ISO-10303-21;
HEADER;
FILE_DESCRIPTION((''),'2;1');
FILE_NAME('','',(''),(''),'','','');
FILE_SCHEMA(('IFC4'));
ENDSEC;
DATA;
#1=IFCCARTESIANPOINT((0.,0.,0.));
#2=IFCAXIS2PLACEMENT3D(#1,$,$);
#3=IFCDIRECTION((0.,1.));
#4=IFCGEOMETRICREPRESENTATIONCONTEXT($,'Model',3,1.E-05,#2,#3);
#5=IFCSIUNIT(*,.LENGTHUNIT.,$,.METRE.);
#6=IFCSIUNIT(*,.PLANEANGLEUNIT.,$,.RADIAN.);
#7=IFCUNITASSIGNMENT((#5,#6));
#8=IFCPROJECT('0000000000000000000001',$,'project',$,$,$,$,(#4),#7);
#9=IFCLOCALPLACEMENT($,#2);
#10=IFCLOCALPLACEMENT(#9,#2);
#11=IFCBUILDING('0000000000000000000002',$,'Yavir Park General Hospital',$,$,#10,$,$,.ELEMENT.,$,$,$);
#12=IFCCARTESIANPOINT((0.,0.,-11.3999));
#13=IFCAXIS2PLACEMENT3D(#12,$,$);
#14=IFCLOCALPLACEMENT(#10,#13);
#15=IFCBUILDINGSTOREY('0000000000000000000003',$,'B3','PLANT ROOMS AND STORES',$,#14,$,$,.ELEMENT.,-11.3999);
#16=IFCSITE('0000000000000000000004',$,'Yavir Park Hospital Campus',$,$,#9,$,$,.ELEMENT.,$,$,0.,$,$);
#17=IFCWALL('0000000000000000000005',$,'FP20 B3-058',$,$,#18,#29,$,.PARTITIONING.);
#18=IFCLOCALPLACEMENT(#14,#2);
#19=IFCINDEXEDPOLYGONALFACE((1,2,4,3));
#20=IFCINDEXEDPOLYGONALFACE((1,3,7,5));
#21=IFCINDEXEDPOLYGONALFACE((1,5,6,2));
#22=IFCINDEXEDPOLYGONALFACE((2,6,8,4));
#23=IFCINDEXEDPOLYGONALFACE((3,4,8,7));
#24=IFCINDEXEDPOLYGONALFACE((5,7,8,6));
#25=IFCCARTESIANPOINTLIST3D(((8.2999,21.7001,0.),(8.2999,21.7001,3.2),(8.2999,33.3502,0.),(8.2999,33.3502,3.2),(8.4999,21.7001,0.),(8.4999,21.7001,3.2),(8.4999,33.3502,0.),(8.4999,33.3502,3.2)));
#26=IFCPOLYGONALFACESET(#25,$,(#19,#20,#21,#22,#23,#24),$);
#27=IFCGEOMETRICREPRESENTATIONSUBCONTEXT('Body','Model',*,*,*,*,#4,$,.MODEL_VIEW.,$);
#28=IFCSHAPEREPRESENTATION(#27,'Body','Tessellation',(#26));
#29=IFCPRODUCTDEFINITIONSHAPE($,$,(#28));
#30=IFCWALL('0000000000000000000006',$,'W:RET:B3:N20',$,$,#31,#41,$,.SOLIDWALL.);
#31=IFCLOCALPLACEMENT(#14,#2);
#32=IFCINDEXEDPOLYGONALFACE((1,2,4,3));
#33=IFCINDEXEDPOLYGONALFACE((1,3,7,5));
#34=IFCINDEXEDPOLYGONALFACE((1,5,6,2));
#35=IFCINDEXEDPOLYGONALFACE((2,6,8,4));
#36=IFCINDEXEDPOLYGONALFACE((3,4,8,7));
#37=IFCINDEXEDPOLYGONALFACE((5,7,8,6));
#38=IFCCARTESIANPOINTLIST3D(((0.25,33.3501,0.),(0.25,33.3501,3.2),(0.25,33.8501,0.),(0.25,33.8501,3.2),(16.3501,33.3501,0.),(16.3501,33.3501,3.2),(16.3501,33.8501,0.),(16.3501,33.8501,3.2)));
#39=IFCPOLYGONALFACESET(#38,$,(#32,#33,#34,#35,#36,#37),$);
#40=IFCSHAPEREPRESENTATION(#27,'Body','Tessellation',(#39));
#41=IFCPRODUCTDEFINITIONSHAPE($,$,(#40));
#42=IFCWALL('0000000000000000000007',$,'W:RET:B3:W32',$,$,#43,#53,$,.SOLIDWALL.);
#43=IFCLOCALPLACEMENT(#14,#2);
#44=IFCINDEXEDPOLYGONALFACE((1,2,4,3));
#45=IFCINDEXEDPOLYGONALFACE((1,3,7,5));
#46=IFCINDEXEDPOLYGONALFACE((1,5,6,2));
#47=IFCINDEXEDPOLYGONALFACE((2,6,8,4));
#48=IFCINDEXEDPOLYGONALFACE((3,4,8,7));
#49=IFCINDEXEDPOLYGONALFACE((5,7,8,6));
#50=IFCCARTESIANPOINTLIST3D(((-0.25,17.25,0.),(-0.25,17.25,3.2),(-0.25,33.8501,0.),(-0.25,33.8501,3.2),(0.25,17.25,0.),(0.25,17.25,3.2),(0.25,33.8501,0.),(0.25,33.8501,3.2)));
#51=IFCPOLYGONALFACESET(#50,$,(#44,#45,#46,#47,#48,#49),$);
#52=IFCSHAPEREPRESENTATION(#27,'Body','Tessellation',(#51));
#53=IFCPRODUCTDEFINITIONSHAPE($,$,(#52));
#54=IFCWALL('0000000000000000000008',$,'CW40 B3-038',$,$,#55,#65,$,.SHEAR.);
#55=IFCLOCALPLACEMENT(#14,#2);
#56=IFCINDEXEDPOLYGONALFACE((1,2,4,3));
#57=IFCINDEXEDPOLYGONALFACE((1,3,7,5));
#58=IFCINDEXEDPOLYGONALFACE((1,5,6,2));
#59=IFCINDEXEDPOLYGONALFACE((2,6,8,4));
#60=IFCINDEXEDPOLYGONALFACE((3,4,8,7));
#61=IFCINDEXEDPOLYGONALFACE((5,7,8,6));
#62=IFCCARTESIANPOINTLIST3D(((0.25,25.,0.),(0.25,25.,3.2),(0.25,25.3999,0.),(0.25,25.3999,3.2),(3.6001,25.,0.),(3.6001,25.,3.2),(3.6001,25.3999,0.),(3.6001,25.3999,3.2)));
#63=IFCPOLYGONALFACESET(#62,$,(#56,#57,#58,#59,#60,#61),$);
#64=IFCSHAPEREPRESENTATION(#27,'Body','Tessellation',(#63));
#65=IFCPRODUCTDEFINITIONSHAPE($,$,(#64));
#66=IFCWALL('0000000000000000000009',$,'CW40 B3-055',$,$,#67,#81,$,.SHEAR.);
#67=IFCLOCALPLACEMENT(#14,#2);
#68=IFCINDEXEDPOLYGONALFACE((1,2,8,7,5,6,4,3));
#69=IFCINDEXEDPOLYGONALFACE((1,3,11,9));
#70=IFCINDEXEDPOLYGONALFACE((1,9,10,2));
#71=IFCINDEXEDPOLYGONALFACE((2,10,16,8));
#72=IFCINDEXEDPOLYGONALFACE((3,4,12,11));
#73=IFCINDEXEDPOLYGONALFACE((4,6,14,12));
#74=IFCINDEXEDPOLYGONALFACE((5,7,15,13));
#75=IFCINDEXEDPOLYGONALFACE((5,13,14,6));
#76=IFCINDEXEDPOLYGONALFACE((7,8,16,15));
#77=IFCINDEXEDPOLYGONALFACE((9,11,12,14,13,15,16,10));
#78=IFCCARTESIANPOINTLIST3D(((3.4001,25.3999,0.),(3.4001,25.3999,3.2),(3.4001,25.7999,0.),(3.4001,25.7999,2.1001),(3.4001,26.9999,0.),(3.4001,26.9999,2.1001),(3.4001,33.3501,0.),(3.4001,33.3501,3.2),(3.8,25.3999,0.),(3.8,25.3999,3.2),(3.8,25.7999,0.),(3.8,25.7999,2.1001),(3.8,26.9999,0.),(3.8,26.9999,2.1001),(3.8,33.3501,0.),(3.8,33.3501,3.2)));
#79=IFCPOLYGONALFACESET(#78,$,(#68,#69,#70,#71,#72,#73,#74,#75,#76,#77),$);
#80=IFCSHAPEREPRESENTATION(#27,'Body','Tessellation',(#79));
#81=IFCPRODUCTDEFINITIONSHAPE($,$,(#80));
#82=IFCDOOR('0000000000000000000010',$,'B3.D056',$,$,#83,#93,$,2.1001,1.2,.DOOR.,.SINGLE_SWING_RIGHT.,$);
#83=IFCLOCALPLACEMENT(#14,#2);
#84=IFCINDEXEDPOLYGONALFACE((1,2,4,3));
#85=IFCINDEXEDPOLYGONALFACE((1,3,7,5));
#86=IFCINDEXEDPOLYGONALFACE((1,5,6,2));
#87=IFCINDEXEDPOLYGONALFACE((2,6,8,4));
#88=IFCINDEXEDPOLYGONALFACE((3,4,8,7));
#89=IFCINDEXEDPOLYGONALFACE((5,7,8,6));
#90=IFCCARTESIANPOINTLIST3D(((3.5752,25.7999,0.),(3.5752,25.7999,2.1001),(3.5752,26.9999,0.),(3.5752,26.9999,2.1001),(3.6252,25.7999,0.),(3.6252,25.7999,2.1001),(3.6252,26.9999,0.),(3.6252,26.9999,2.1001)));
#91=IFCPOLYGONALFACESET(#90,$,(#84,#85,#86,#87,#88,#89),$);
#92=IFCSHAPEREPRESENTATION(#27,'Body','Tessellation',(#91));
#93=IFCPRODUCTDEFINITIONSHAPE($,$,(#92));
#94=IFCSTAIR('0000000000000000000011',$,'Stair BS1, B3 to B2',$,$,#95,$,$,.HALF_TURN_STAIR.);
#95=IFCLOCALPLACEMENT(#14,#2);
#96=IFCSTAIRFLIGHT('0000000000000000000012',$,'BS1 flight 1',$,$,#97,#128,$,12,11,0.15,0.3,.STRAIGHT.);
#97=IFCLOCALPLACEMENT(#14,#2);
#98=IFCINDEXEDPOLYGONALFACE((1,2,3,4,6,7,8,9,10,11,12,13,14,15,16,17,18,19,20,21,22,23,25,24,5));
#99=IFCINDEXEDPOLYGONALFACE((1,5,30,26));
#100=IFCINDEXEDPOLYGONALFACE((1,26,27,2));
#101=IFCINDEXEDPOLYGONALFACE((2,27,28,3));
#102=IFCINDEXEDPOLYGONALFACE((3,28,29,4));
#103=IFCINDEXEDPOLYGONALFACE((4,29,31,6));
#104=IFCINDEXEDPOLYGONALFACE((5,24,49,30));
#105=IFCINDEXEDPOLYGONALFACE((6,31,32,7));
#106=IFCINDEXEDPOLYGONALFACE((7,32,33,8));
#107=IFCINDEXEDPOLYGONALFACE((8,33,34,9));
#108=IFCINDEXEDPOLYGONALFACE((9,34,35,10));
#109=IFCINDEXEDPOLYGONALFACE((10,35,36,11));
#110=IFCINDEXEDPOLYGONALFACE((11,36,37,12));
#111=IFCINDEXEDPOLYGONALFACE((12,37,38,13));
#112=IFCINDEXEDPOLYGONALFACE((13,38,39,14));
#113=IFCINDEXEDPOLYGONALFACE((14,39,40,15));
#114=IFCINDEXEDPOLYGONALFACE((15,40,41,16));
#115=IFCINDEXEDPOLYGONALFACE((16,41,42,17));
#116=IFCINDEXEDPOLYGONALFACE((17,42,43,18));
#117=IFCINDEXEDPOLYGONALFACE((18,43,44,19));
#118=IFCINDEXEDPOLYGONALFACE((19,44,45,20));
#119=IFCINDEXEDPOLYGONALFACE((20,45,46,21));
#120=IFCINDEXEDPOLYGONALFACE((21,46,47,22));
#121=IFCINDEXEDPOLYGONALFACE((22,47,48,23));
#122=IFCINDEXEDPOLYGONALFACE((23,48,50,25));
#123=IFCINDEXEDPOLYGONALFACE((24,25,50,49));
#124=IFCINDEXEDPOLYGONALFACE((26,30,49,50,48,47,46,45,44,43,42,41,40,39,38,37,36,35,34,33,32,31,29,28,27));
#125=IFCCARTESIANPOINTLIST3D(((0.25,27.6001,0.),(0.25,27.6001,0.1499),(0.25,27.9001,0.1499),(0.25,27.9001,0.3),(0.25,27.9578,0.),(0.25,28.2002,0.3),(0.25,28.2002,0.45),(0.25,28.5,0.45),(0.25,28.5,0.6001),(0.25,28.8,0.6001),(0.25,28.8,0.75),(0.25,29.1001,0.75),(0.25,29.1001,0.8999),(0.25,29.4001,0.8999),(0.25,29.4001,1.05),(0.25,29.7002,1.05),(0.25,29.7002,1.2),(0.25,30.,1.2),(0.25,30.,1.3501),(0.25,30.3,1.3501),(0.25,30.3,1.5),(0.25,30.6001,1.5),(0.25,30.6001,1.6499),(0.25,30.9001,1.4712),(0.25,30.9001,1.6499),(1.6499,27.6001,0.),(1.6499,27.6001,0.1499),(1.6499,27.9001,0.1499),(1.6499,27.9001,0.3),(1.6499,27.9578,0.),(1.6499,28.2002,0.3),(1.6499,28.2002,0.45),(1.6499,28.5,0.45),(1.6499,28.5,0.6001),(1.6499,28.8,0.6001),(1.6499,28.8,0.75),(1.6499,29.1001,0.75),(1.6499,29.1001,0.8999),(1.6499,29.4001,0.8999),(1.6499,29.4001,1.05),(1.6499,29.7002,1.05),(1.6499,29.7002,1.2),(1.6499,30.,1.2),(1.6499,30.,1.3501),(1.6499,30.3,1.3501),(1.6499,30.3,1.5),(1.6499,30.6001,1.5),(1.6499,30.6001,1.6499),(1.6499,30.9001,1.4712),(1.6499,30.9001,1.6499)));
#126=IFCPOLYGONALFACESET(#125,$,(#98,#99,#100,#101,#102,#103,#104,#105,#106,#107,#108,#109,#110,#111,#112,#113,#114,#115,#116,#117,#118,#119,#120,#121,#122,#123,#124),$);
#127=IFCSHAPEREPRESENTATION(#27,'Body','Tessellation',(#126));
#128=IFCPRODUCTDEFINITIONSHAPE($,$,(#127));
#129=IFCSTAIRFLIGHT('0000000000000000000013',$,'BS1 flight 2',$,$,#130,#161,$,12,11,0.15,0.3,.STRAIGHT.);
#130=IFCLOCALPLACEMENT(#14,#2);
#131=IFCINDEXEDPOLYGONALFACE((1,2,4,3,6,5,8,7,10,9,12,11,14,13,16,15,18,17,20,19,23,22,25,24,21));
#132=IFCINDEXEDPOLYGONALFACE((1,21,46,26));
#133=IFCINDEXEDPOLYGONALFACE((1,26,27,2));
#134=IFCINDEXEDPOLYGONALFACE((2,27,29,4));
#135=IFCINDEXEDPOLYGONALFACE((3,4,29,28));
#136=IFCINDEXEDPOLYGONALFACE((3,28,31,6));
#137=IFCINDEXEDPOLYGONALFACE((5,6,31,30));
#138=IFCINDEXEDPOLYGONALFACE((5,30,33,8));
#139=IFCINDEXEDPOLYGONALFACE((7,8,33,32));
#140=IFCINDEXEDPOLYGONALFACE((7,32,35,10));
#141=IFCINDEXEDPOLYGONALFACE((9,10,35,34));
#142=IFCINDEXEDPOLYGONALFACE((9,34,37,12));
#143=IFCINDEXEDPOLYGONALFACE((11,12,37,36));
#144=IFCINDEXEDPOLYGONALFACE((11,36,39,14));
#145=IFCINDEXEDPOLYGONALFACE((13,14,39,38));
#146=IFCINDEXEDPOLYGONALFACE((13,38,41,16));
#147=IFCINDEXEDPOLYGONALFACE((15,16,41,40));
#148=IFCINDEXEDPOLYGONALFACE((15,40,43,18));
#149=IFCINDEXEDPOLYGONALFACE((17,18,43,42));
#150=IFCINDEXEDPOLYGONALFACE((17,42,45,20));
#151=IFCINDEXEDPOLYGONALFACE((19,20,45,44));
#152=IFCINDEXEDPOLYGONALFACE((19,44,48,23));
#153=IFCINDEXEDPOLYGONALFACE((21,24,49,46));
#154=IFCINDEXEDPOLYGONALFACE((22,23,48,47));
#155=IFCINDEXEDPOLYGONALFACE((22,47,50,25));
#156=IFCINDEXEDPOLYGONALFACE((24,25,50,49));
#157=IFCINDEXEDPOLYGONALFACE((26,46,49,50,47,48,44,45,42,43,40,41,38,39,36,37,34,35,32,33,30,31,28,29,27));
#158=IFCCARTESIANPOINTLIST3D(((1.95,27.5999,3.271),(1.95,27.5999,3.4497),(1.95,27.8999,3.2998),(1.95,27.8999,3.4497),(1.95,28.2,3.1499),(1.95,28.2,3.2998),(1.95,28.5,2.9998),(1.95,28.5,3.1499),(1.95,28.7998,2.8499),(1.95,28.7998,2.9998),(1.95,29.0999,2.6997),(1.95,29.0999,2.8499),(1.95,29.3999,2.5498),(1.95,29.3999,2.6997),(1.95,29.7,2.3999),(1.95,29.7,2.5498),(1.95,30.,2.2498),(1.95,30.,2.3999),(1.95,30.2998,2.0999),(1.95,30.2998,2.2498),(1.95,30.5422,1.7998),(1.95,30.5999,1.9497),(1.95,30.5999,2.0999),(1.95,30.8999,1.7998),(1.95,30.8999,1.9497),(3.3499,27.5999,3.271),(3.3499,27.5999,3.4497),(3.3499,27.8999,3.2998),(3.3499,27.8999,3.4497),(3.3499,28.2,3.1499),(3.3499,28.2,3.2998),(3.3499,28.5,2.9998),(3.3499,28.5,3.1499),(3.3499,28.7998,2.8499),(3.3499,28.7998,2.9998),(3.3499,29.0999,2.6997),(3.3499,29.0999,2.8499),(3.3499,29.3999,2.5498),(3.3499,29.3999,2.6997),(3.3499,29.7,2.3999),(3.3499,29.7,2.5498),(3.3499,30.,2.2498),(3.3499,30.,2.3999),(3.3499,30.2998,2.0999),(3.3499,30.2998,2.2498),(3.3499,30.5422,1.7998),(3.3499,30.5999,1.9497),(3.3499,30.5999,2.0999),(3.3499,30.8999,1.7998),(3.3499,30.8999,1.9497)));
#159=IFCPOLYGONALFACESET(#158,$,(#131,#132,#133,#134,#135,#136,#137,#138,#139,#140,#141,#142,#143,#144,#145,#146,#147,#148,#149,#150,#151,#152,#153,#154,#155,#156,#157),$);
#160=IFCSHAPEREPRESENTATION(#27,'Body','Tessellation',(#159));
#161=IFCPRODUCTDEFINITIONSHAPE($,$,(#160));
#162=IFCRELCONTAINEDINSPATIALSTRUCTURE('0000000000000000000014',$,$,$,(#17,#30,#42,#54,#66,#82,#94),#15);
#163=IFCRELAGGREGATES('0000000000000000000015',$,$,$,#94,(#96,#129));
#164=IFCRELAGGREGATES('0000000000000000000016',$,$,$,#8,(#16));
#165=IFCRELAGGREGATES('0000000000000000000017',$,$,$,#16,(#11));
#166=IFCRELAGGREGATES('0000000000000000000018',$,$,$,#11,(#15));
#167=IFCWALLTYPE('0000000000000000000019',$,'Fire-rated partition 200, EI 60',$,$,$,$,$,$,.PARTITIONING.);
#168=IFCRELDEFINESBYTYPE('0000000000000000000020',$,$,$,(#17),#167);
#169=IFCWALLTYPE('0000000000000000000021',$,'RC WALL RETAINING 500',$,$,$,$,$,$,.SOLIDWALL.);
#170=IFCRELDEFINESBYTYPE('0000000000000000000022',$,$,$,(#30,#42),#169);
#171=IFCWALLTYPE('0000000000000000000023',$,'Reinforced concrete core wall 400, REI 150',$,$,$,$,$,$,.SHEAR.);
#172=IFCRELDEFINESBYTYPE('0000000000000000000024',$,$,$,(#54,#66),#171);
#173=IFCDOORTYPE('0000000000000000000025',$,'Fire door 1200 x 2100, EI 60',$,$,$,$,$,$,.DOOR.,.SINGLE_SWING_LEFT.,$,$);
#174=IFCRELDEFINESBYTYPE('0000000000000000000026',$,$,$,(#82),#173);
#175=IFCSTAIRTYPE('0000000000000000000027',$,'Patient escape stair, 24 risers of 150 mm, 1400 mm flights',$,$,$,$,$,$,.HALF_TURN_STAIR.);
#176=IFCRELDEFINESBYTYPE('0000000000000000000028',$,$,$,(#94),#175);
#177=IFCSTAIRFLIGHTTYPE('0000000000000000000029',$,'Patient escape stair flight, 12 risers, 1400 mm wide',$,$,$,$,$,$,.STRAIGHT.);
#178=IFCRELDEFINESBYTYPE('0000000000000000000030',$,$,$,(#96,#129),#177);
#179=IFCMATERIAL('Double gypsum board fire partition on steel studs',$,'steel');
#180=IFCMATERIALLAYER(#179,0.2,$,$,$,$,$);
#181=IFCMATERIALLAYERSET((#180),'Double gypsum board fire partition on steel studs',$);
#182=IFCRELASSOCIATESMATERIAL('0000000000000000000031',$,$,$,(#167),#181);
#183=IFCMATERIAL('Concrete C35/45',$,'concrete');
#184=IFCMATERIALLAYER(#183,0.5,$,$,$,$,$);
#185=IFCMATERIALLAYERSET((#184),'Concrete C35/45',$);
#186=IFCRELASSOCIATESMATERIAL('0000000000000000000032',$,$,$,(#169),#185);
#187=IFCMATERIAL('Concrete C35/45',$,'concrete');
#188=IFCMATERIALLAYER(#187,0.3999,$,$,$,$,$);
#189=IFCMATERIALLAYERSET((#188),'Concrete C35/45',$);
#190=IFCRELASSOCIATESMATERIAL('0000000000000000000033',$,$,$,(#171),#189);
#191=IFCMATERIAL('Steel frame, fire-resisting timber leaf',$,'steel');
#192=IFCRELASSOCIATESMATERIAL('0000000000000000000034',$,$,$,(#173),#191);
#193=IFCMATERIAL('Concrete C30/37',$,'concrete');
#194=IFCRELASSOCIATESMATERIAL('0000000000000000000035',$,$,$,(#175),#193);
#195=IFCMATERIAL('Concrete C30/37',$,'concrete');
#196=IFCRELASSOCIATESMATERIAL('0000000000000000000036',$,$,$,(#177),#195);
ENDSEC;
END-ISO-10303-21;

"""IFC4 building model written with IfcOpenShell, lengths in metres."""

from ifc_helpers import new_model, si_unit, direction, frame, frame_2d, origin, place, context, subcontext, project, spatial, polyline, rectangle, outline, extrude, material, layer, layer_set, type_object, element, fill, aggregate, save


model = new_model("IFC4")

# Units and contexts
model_context = context("Model", 3, precision=1e-05, world=origin(), true_north=direction((0.0, 1.0)))
body_context = subcontext(model_context, "Body", "Model", "MODEL_VIEW")
ifc_project = project(units=[si_unit("LENGTHUNIT", "METRE"), si_unit("PLANEANGLEUNIT", "RADIAN")], contexts=[model_context])

# Site, building, storey
site_placement = place(None, origin())
site = spatial("IfcSite", under=ifc_project, at=site_placement, Name="Yavir Park Hospital Campus", CompositionType="ELEMENT", RefElevation=0.0)
building_placement = place(site_placement, origin())
building = spatial("IfcBuilding", under=site, at=building_placement, Name="Yavir Park General Hospital", CompositionType="ELEMENT")
storey_placement = place(building_placement, frame((0.0, 0.0, -11.3999)))
storey = spatial("IfcBuildingStorey", under=building, at=storey_placement, Name="B3", Description="PLANT ROOMS AND STORES", CompositionType="ELEMENT", Elevation=-11.3999)

# Shared definitions
ifc_material_1 = material(Name="Double gypsum board fire partition on steel studs", Category="steel")
ifc_layer_1 = layer(ifc_material_1, 0.2)
ifc_layer_set_1 = layer_set([ifc_layer_1], Name="Double gypsum board fire partition on steel studs")
wall_type_1 = type_object("IfcWallType", Name="Fire-rated partition 200, EI 60", PredefinedType="PARTITIONING", material=ifc_layer_set_1)

# Walls
wall_1_placement = place(storey_placement, frame((8.3999, 21.7, 0.0), z_axis=(0.0, 0.0, 1.0), x_axis=(0.0, 1.0, 0.0)))
element("IfcWall", 1, at=wall_1_placement, inside=storey, type_object=wall_type_1, Name="FP20 B3-058", PredefinedType="PARTITIONING", context=body_context, shape_type="SweptSolid", body=[
    extrude(rectangle(XDim=11.6501, YDim=0.2, at=frame_2d((5.8252, 0.0))), origin(), (0.0, 0.0, 1.0), 3.2),
])
ifc_material_2 = material(Name="Concrete C35/45", Category="concrete")
ifc_layer_2 = layer(ifc_material_2, 0.5)
ifc_layer_set_2 = layer_set([ifc_layer_2], Name="Concrete C35/45")
wall_type_2 = type_object("IfcWallType", Name="RC WALL RETAINING 500", PredefinedType="SOLIDWALL", material=ifc_layer_set_2)
wall_2_placement = place(storey_placement, frame((0.25, 33.6001, 0.0), z_axis=(0.0, 0.0, 1.0), x_axis=(1.0, 0.0, 0.0)))
element("IfcWall", 2, at=wall_2_placement, inside=storey, type_object=wall_type_2, Name="W:RET:B3:N20", PredefinedType="SOLIDWALL", context=body_context, shape_type="SweptSolid", body=[
    extrude(rectangle(XDim=16.1001, YDim=0.5, at=frame_2d((8.05, 0.0))), origin(), (0.0, 0.0, 1.0), 3.2),
])
wall_3_placement = place(storey_placement, frame((0.0, 17.25, 0.0), z_axis=(0.0, 0.0, 1.0), x_axis=(0.0, 1.0, 0.0)))
element("IfcWall", 3, at=wall_3_placement, inside=storey, type_object=wall_type_2, Name="W:RET:B3:W32", PredefinedType="SOLIDWALL", context=body_context, shape_type="SweptSolid", body=[
    extrude(rectangle(XDim=16.6001, YDim=0.5, at=frame_2d((8.3, 0.0))), origin(), (0.0, 0.0, 1.0), 3.2),
])
ifc_material_3 = material(Name="Concrete C35/45", Category="concrete")
ifc_layer_3 = layer(ifc_material_3, 0.3999)
ifc_layer_set_3 = layer_set([ifc_layer_3], Name="Concrete C35/45")
wall_type_3 = type_object("IfcWallType", Name="Reinforced concrete core wall 400, REI 150", PredefinedType="SHEAR", material=ifc_layer_set_3)
wall_4_placement = place(storey_placement, frame((0.25, 25.2, 0.0), z_axis=(0.0, 0.0, 1.0), x_axis=(1.0, 0.0, 0.0)))
element("IfcWall", 4, at=wall_4_placement, inside=storey, type_object=wall_type_3, Name="CW40 B3-038", PredefinedType="SHEAR", context=body_context, shape_type="SweptSolid", body=[
    extrude(rectangle(XDim=3.3501, YDim=0.3999, at=frame_2d((1.675, 0.0))), origin(), (0.0, 0.0, 1.0), 3.2),
])

# Wall, opening, door
wall_5_placement = place(storey_placement, frame((3.6001, 25.3999, 0.0), z_axis=(0.0, 0.0, 1.0), x_axis=(0.0, 1.0, 0.0)))
wall_5 = element("IfcWall", 5, at=wall_5_placement, inside=storey, type_object=wall_type_3, Name="CW40 B3-055", PredefinedType="SHEAR", context=body_context, shape_type="SweptSolid", body=[
    extrude(rectangle(XDim=7.9502, YDim=0.3999, at=frame_2d((3.9751, 0.0))), origin(), (0.0, 0.0, 1.0), 3.2),
])
opening_1_placement = place(wall_5_placement, frame((0.3999, 0.0, 0.0)))
opening_1 = element("IfcOpeningElement", 6, at=opening_1_placement, cuts=wall_5, PredefinedType="OPENING", context=body_context, shape_type="SweptSolid", body=[
    extrude(rectangle(XDim=1.2, YDim=2.1001, at=frame_2d((0.6001, 1.05))), frame((0.0, 0.21, 0.0), z_axis=(0.0, -1.0, 0.0), x_axis=(1.0, 0.0, 0.0)), (0.0, 0.0, 1.0), 0.4199),
])
ifc_material_4 = material(Name="Steel frame, fire-resisting timber leaf", Category="steel")
door_type_1 = type_object("IfcDoorType", Name="Fire door 1200 x 2100, EI 60", OperationType="SINGLE_SWING_LEFT", PredefinedType="DOOR", material=ifc_material_4)
door_1_placement = place(opening_1_placement, origin())
door_1 = element("IfcDoor", 7, at=door_1_placement, inside=storey, type_object=door_type_1, Name="B3.D056", OperationType="SINGLE_SWING_RIGHT", OverallHeight=2.1001, OverallWidth=1.2, PredefinedType="DOOR", context=body_context, shape_type="SweptSolid", body=[
    extrude(rectangle(XDim=1.2, YDim=2.1001, at=frame_2d((0.6001, 1.05))), frame((0.0, 0.0249, 0.0), z_axis=(0.0, -1.0, 0.0), x_axis=(1.0, 0.0, 0.0)), (0.0, 0.0, 1.0), 0.05),
])
fill(opening_1, door_1)

# Stair, stair flights
ifc_material_5 = material(Name="Concrete C30/37", Category="concrete")
stair_type = type_object("IfcStairType", Name="Patient escape stair, 24 risers of 150 mm, 1400 mm flights", PredefinedType="HALF_TURN_STAIR", material=ifc_material_5)
stair_placement = place(storey_placement, origin())
stair = element("IfcStair", 8, at=stair_placement, inside=storey, type_object=stair_type, Name="Stair BS1, B3 to B2", PredefinedType="HALF_TURN_STAIR")
ifc_material_6 = material(Name="Concrete C30/37", Category="concrete")
stair_flight_type = type_object("IfcStairFlightType", Name="Patient escape stair flight, 12 risers, 1400 mm wide", PredefinedType="STRAIGHT", material=ifc_material_6)
stair_flight_1_placement = place(storey_placement, frame((0.95, 27.6001, 0.0), z_axis=(0.0, 0.0, 1.0), x_axis=(0.0, 1.0, 0.0)))
stair_flight_1 = element("IfcStairFlight", 9, at=stair_flight_1_placement, type_object=stair_flight_type, Name="BS1 flight 1", NumberOfRisers=12, NumberOfTreads=11, PredefinedType="STRAIGHT", RiserHeight=0.15, TreadLength=0.3, context=body_context, shape_type="SweptSolid", body=[
    extrude(outline(polyline([(0.0, 0.0), (0.0, 0.1499), (0.3, 0.1499), (0.3, 0.3), (0.6001, 0.3), (0.6001, 0.45), (0.8999, 0.45), (0.8999, 0.6001), (1.2, 0.6001), (1.2, 0.75), (1.5, 0.75), (1.5, 0.8999), (1.8, 0.8999), (1.8, 1.05), (2.1001, 1.05), (2.1001, 1.2), (2.3999, 1.2), (2.3999, 1.3501), (2.7, 1.3501), (2.7, 1.5), (3.0, 1.5), (3.0, 1.6499), (3.3, 1.6499), (3.3, 1.8), (3.3, 1.4712), (0.3577, 0.0), (0.0, 0.0)])), frame((0.0, 0.7, 0.0), z_axis=(0.0, -1.0, 0.0), x_axis=(1.0, 0.0, 0.0)), (0.0, 0.0, 1.0), 1.3999),
])
stair_flight_2_placement = place(storey_placement, frame((2.6499, 30.8999, 1.7998), z_axis=(0.0, 0.0, 1.0), x_axis=(0.0, -1.0, 0.0)))
stair_flight_2 = element("IfcStairFlight", 10, at=stair_flight_2_placement, type_object=stair_flight_type, Name="BS1 flight 2", NumberOfRisers=12, NumberOfTreads=11, PredefinedType="STRAIGHT", RiserHeight=0.15, TreadLength=0.3, context=body_context, shape_type="SweptSolid", body=[
    extrude(outline(polyline([(0.0, 0.0), (0.0, 0.1499), (0.3, 0.1499), (0.3, 0.3), (0.6001, 0.3), (0.6001, 0.45), (0.8999, 0.45), (0.8999, 0.6001), (1.2, 0.6001), (1.2, 0.75), (1.5, 0.75), (1.5, 0.8999), (1.8, 0.8999), (1.8, 1.05), (2.1001, 1.05), (2.1001, 1.2), (2.3999, 1.2), (2.3999, 1.3501), (2.7, 1.3501), (2.7, 1.5), (3.0, 1.5), (3.0, 1.6499), (3.3, 1.6499), (3.3, 1.8), (3.3, 1.4712), (0.3577, 0.0), (0.0, 0.0)])), frame((0.0, 0.7, 0.0), z_axis=(0.0, -1.0, 0.0), x_axis=(1.0, 0.0, 0.0)), (0.0, 0.0, 1.0), 1.3999),
])
aggregate(stair, [stair_flight_1, stair_flight_2])

save(model, "model.ifc")
